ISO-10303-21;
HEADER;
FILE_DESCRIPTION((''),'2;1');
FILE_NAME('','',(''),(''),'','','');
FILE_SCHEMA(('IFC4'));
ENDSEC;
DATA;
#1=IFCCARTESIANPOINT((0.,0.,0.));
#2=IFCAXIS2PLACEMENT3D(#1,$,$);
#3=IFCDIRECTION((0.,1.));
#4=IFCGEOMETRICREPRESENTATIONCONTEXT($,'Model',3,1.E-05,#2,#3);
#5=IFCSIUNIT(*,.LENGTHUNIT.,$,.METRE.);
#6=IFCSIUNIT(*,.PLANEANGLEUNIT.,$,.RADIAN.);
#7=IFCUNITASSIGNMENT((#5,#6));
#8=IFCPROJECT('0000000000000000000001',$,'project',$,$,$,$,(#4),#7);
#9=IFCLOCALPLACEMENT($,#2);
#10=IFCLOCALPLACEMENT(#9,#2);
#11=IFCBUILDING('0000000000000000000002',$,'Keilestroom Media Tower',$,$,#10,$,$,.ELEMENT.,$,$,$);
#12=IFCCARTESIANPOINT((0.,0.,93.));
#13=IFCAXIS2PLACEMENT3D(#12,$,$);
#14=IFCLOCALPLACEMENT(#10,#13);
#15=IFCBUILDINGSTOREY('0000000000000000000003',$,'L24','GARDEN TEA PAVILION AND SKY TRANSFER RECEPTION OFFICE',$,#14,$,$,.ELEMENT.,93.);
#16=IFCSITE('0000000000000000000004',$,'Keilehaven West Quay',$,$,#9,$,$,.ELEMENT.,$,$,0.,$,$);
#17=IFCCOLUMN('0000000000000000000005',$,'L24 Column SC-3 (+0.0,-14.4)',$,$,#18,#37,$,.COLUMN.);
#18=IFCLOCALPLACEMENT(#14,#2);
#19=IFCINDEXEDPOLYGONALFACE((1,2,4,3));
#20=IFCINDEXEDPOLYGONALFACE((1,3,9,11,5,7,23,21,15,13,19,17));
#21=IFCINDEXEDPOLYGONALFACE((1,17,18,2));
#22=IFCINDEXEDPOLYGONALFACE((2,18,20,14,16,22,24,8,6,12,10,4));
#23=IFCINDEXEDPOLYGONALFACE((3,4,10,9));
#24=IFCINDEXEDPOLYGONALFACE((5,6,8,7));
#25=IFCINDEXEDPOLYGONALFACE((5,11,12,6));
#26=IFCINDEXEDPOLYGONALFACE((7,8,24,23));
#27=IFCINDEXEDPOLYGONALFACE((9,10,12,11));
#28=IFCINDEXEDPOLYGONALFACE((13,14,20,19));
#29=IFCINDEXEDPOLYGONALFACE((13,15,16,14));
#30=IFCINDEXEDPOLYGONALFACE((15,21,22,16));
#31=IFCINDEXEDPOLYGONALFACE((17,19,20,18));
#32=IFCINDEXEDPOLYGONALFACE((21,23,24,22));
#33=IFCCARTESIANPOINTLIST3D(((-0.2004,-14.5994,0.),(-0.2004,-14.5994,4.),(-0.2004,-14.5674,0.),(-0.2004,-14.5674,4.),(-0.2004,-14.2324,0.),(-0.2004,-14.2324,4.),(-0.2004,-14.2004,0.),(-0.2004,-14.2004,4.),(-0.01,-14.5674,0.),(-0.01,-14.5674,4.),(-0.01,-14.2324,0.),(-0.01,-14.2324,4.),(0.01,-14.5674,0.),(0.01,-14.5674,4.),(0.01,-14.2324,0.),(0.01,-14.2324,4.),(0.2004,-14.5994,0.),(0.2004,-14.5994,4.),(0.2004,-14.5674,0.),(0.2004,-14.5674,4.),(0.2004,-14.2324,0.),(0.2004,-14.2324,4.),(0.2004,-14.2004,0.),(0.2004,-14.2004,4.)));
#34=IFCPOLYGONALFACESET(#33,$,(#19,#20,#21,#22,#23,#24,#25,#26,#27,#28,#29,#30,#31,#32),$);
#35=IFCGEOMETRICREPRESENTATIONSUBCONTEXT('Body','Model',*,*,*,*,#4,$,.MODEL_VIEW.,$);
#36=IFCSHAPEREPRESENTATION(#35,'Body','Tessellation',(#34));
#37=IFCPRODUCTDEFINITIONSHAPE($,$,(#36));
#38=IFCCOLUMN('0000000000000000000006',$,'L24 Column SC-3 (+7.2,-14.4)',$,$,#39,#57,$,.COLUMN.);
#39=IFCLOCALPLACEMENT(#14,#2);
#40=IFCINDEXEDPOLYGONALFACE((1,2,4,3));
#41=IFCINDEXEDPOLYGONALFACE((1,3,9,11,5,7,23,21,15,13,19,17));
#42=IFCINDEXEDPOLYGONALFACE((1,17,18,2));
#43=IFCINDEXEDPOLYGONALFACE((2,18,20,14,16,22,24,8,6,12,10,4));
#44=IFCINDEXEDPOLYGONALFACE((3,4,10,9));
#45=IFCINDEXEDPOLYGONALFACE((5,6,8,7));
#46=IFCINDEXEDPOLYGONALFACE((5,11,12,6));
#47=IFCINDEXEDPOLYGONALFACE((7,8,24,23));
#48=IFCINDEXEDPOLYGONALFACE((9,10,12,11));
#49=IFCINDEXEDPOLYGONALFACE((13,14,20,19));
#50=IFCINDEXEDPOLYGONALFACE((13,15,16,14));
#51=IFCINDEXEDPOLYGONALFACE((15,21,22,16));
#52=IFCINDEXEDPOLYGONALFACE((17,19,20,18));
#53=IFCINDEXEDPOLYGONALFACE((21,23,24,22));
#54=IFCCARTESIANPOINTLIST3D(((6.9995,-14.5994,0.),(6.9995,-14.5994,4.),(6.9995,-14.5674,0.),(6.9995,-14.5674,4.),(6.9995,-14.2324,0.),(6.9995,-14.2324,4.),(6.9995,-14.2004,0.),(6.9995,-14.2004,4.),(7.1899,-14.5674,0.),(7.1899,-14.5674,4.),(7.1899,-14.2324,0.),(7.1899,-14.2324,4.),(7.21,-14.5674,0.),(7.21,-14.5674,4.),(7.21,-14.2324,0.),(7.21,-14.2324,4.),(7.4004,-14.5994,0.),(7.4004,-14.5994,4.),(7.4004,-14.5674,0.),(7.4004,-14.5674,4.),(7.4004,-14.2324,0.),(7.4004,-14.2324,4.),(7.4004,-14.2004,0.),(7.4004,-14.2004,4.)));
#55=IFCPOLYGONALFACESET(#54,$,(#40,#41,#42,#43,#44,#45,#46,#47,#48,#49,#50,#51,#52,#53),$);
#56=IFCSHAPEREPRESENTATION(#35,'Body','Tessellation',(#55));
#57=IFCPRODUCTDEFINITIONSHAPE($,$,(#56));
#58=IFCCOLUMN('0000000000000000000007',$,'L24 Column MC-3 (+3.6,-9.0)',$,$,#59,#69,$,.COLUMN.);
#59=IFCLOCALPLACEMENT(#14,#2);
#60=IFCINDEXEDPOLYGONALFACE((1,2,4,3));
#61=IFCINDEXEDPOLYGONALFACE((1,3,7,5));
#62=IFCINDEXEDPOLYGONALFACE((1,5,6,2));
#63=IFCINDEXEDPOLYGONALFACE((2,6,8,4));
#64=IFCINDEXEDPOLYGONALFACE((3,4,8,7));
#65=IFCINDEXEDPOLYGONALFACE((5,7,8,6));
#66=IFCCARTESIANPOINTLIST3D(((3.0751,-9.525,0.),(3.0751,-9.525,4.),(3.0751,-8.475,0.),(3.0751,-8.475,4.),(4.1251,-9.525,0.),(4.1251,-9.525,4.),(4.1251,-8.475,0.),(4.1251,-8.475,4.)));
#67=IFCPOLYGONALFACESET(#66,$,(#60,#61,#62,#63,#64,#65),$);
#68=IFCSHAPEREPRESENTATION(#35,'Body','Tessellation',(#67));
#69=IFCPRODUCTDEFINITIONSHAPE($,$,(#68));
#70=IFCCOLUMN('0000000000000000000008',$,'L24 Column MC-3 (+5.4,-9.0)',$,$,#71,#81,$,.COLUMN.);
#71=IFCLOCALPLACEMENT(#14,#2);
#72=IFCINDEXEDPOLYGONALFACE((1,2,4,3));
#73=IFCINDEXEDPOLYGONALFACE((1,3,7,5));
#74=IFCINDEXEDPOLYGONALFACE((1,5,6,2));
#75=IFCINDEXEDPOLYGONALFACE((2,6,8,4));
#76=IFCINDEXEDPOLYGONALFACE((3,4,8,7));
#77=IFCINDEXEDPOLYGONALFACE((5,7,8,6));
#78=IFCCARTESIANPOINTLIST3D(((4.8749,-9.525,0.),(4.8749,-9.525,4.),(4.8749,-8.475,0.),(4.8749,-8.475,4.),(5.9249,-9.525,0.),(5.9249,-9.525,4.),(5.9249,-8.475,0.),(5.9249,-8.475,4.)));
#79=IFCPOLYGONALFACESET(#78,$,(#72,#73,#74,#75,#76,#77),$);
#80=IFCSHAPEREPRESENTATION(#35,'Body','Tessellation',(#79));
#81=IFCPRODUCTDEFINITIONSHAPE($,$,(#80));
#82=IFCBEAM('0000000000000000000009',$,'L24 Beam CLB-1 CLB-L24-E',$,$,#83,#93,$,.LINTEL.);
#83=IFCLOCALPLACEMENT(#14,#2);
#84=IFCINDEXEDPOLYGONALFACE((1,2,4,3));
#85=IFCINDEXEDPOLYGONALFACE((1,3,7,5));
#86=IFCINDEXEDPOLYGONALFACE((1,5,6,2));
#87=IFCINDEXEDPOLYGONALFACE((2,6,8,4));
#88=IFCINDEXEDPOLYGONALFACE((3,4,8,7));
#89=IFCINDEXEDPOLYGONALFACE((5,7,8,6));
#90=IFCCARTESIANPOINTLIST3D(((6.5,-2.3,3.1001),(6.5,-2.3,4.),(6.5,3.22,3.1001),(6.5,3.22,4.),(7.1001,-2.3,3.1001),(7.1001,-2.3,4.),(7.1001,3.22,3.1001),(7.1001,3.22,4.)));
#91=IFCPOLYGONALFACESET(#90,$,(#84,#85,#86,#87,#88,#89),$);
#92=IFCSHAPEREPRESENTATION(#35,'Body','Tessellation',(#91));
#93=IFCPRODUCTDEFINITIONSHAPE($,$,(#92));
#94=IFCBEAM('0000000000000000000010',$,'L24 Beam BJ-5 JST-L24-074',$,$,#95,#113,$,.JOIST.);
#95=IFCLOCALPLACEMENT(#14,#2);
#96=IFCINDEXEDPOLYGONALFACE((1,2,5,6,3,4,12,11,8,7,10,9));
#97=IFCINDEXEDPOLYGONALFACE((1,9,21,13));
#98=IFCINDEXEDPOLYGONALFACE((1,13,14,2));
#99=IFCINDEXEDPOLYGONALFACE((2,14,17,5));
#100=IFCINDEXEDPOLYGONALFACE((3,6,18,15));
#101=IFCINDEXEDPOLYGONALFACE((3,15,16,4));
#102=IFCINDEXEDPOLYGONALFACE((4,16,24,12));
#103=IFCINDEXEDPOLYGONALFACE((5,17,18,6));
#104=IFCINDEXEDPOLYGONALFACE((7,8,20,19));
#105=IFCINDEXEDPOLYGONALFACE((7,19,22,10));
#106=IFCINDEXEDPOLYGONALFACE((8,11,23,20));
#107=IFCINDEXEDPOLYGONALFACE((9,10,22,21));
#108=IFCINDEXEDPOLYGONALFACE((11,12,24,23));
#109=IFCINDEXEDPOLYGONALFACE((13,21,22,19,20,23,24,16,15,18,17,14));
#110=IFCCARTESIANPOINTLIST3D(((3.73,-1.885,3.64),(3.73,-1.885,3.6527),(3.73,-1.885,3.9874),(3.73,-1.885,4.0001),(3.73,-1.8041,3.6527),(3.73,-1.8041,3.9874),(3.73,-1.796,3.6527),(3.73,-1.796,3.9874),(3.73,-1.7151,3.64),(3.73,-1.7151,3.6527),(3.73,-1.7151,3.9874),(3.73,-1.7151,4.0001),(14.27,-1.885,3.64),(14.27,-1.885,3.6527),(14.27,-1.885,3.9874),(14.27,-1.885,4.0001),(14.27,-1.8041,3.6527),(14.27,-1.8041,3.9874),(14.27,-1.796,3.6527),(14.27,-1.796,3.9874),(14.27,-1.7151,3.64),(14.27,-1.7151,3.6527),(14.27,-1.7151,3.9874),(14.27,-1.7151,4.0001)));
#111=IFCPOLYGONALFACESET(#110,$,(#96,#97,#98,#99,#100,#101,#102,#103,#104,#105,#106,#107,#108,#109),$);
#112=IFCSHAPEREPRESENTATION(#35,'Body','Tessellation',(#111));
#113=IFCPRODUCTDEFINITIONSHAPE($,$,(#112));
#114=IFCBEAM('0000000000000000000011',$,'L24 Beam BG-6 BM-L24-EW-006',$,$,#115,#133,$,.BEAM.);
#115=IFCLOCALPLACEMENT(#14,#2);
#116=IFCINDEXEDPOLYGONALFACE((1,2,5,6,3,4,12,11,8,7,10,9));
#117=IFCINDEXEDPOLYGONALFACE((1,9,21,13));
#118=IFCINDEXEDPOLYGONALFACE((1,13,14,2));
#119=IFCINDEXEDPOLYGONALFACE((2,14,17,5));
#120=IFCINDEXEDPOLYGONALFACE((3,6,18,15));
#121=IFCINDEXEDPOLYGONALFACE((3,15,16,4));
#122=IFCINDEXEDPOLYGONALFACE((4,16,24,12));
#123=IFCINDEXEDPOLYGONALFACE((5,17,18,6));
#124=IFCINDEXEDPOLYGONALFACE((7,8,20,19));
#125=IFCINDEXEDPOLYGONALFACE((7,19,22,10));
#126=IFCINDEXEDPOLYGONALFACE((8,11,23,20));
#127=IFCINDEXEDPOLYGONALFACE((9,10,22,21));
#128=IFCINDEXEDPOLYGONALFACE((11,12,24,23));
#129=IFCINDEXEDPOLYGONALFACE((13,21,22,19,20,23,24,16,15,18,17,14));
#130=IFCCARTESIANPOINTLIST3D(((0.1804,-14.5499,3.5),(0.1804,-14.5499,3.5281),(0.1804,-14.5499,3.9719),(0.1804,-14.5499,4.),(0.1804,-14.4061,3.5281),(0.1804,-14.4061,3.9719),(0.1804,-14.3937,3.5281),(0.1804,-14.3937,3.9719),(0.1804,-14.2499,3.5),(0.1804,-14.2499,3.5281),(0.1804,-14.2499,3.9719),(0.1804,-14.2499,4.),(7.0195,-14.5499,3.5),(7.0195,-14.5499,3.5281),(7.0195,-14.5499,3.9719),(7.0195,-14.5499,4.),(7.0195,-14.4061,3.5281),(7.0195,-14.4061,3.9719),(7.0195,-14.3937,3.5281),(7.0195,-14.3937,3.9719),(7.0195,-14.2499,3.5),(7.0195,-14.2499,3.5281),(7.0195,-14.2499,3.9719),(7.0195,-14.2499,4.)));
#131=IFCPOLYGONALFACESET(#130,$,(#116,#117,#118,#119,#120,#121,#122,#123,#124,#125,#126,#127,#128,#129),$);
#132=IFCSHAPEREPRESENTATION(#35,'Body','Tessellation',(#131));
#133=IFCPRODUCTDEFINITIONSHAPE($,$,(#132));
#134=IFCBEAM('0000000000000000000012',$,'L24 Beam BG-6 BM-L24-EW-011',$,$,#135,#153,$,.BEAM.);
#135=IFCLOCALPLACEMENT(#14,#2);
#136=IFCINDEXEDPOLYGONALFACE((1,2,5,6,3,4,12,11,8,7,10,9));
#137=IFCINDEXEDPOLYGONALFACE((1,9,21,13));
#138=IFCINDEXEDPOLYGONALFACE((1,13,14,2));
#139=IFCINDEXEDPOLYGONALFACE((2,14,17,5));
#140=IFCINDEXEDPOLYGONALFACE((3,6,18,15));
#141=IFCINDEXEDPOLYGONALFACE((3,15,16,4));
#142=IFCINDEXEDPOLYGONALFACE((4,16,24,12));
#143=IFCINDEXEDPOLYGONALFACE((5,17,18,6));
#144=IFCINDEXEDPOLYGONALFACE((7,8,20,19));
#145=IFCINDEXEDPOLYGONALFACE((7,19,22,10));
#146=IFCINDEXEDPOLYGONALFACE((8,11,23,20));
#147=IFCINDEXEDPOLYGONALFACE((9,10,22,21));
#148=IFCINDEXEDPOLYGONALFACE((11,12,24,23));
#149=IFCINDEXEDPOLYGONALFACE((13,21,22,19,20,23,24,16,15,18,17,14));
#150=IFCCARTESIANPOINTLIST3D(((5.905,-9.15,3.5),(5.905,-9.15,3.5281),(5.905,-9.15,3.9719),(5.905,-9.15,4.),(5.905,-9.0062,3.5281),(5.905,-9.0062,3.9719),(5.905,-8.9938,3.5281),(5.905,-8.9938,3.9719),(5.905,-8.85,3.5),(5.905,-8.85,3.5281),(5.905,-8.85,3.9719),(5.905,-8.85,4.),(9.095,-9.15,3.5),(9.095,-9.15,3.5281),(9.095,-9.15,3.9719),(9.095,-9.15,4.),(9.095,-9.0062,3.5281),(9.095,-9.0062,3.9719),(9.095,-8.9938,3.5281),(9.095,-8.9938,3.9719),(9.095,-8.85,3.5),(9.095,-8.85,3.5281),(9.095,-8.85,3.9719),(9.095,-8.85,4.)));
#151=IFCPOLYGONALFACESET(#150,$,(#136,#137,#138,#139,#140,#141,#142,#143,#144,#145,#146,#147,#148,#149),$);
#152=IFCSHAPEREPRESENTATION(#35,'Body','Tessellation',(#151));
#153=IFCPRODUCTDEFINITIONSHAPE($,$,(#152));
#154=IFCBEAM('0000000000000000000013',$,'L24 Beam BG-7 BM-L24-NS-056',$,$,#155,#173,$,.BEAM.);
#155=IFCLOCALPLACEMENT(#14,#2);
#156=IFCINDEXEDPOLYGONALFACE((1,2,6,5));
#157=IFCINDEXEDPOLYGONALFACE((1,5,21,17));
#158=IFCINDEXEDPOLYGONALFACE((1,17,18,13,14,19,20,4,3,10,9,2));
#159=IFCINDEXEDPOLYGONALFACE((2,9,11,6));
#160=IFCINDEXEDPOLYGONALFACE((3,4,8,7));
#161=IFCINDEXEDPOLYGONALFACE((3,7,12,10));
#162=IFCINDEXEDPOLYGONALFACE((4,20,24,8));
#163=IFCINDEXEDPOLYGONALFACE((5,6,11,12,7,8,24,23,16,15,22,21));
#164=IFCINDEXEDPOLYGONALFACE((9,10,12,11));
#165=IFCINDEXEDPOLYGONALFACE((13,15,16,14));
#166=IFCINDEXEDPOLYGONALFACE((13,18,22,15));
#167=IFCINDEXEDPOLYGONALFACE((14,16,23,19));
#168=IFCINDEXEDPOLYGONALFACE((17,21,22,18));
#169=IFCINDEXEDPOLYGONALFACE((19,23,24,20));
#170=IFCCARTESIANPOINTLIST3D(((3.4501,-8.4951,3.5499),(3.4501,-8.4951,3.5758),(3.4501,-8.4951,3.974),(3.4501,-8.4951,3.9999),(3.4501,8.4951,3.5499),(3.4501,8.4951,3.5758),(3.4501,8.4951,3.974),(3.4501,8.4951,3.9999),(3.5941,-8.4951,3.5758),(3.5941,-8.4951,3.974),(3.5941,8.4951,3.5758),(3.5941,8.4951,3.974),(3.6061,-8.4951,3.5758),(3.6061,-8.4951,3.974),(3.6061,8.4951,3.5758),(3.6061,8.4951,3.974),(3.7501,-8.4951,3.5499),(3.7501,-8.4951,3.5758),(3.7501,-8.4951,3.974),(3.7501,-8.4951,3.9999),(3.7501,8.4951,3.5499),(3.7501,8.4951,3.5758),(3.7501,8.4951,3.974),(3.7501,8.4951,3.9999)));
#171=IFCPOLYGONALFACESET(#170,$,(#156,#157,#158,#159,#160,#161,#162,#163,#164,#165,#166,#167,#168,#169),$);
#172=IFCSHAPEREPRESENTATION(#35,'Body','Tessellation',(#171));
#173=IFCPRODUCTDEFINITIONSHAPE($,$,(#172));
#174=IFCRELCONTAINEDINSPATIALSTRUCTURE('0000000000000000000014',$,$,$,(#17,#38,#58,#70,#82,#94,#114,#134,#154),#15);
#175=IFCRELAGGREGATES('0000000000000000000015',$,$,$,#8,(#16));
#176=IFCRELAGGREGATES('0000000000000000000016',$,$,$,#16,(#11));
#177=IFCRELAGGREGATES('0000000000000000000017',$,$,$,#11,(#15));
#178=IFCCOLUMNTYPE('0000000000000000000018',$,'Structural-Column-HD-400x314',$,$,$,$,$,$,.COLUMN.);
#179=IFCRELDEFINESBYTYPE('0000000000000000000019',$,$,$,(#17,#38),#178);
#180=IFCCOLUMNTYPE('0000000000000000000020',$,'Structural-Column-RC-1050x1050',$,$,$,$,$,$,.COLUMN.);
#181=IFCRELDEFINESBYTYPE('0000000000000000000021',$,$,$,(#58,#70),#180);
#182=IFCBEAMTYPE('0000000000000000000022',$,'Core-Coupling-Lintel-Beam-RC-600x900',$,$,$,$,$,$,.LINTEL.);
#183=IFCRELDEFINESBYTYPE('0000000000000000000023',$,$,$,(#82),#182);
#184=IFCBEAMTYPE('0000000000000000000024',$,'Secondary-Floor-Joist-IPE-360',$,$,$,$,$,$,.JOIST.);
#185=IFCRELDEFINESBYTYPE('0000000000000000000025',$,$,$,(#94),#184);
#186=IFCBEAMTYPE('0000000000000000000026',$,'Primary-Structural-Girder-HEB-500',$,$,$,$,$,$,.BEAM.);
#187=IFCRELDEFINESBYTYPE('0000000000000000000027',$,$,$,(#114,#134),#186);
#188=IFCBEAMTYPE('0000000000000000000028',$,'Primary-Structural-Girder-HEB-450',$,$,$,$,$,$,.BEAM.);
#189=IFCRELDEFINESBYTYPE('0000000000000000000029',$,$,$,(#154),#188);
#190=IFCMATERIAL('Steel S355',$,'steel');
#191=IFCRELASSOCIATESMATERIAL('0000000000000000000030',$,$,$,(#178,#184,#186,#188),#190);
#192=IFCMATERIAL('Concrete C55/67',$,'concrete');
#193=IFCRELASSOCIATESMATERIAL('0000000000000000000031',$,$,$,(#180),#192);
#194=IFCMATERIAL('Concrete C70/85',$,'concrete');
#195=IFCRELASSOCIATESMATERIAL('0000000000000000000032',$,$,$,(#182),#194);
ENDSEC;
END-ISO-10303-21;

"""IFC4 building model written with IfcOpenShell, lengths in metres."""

from ifc_helpers import new_model, si_unit, direction, frame, origin, origin_2d, place, context, subcontext, project, spatial, rectangle, i_section, extrude, source, transform, mapped, material, material_profile, profile_set, type_object, element, save


model = new_model("IFC4")

# Units and contexts
model_context = context("Model", 3, precision=1e-05, world=origin(), true_north=direction((0.0, 1.0)))
body_context = subcontext(model_context, "Body", "Model", "MODEL_VIEW")
ifc_project = project(units=[si_unit("LENGTHUNIT", "METRE"), si_unit("PLANEANGLEUNIT", "RADIAN")], contexts=[model_context])

# Site, building, storey
site_placement = place(None, origin())
site = spatial("IfcSite", under=ifc_project, at=site_placement, Name="Keilehaven West Quay", CompositionType="ELEMENT", RefElevation=0.0)
building_placement = place(site_placement, origin())
building = spatial("IfcBuilding", under=site, at=building_placement, Name="Keilestroom Media Tower", CompositionType="ELEMENT")
storey_placement = place(building_placement, frame((0.0, 0.0, 93.0)))
storey = spatial("IfcBuildingStorey", under=building, at=storey_placement, Name="L24", Description="GARDEN TEA PAVILION AND SKY TRANSFER RECEPTION OFFICE", CompositionType="ELEMENT", Elevation=93.0)

# Columns
ifc_material_1 = material(Name="Steel S355", Category="steel")
ifc_material_profile_1 = material_profile(ifc_material_1, i_section(OverallWidth=0.4009, OverallDepth=0.3989, WebThickness=0.02, FlangeThickness=0.032, at=origin_2d()), Name="HD 400x314")
ifc_profile_set_1 = profile_set([ifc_material_profile_1], Name="Steel S355")
column_type_1 = type_object("IfcColumnType", Name="Structural-Column-HD-400x314", PredefinedType="COLUMN", material=ifc_profile_set_1)
shared_shape_1 = source(origin(), body_context, "Body", "SweptSolid", [
    extrude(i_section(OverallWidth=0.4009, OverallDepth=0.3989, WebThickness=0.02, FlangeThickness=0.032, at=origin_2d()), origin(), (0.0, 0.0, 1.0), 4.0),
])
for number, where, z_axis, x_axis, name in (
    (1, (0.0, -14.3999, 0.0), (0.0, 0.0, 1.0), (1.0, 0.0, 0.0), "L24 Column SC-3 (+0.0,-14.4)"),
    (2, (7.2, -14.3999, 0.0), (0.0, 0.0, 1.0), (1.0, 0.0, 0.0), "L24 Column SC-3 (+7.2,-14.4)"),
):
    element("IfcColumn", number, at=place(storey_placement, frame(where, z_axis=z_axis, x_axis=x_axis)), inside=storey, type_object=column_type_1, Name=name, PredefinedType="COLUMN", context=body_context, shape_type="MappedRepresentation", body=[
        mapped(shared_shape_1, transform((0.0, 0.0, 0.0), x_axis=(1.0, 0.0, 0.0), y_axis=(0.0, 1.0, 0.0), z_axis=(0.0, 0.0, 1.0), scale=1.0)),
    ])
ifc_material_2 = material(Name="Concrete C55/67", Category="concrete")
ifc_material_profile_2 = material_profile(ifc_material_2, rectangle(XDim=1.05, YDim=1.05, at=origin_2d()), Name="RC 1050x1050")
ifc_profile_set_2 = profile_set([ifc_material_profile_2], Name="Concrete C55/67")
column_type_2 = type_object("IfcColumnType", Name="Structural-Column-RC-1050x1050", PredefinedType="COLUMN", material=ifc_profile_set_2)
shared_shape_2 = source(origin(), body_context, "Body", "SweptSolid", [
    extrude(rectangle(XDim=1.05, YDim=1.05, at=origin_2d()), origin(), (0.0, 0.0, 1.0), 4.0),
])
for number, where, z_axis, x_axis, name in (
    (3, (3.6001, -9.0, 0.0), (0.0, 0.0, 1.0), (1.0, 0.0, 0.0), "L24 Column MC-3 (+3.6,-9.0)"),
    (4, (5.3999, -9.0, 0.0), (0.0, 0.0, 1.0), (1.0, 0.0, 0.0), "L24 Column MC-3 (+5.4,-9.0)"),
):
    element("IfcColumn", number, at=place(storey_placement, frame(where, z_axis=z_axis, x_axis=x_axis)), inside=storey, type_object=column_type_2, Name=name, PredefinedType="COLUMN", context=body_context, shape_type="MappedRepresentation", body=[
        mapped(shared_shape_2, transform((0.0, 0.0, 0.0), x_axis=(1.0, 0.0, 0.0), y_axis=(0.0, 1.0, 0.0), z_axis=(0.0, 0.0, 1.0), scale=1.0)),
    ])

# Beams
ifc_material_3 = material(Name="Concrete C70/85", Category="concrete")
ifc_material_profile_3 = material_profile(ifc_material_3, rectangle(XDim=0.6001, YDim=0.8999, at=origin_2d()), Name="RC 600x900")
ifc_profile_set_3 = profile_set([ifc_material_profile_3], Name="Concrete C70/85")
beam_type_1 = type_object("IfcBeamType", Name="Core-Coupling-Lintel-Beam-RC-600x900", PredefinedType="LINTEL", material=ifc_profile_set_3)
shared_shape_3 = source(origin(), body_context, "Body", "SweptSolid", [
    extrude(rectangle(XDim=0.6001, YDim=0.8999, at=origin_2d()), origin(), (0.0, 0.0, 1.0), 5.52),
])
beam_1_placement = place(storey_placement, frame((6.8, -2.3, 3.55), z_axis=(0.0, 1.0, 0.0), x_axis=(-1.0, 0.0, 0.0)))
element("IfcBeam", 5, at=beam_1_placement, inside=storey, type_object=beam_type_1, Name="L24 Beam CLB-1 CLB-L24-E", PredefinedType="LINTEL", context=body_context, shape_type="MappedRepresentation", body=[
    mapped(shared_shape_3, transform((0.0, 0.0, 0.0), x_axis=(1.0, 0.0, 0.0), y_axis=(0.0, 1.0, 0.0), z_axis=(0.0, 0.0, 1.0), scale=1.0)),
])
ifc_material_profile_4 = material_profile(ifc_material_1, i_section(OverallWidth=0.1699, OverallDepth=0.3601, WebThickness=0.0081, FlangeThickness=0.0127, at=origin_2d()), Name="IPE 360")
ifc_profile_set_4 = profile_set([ifc_material_profile_4], Name="Steel S355")
beam_type_2 = type_object("IfcBeamType", Name="Secondary-Floor-Joist-IPE-360", PredefinedType="JOIST", material=ifc_profile_set_4)
shared_shape_4 = source(origin(), body_context, "Body", "SweptSolid", [
    extrude(i_section(OverallWidth=0.1699, OverallDepth=0.3601, WebThickness=0.0081, FlangeThickness=0.0127, at=origin_2d()), origin(), (0.0, 0.0, 1.0), 10.54),
])
beam_2_placement = place(storey_placement, frame((3.73, -1.8, 3.8201), z_axis=(1.0, 0.0, 0.0), x_axis=(0.0, 1.0, 0.0)))
element("IfcBeam", 6, at=beam_2_placement, inside=storey, type_object=beam_type_2, Name="L24 Beam BJ-5 JST-L24-074", PredefinedType="JOIST", context=body_context, shape_type="MappedRepresentation", body=[
    mapped(shared_shape_4, transform((0.0, 0.0, 0.0), x_axis=(1.0, 0.0, 0.0), y_axis=(0.0, 1.0, 0.0), z_axis=(0.0, 0.0, 1.0), scale=1.0)),
])
ifc_material_profile_5 = material_profile(ifc_material_1, i_section(OverallWidth=0.3, OverallDepth=0.5, WebThickness=0.0125, FlangeThickness=0.0281, at=origin_2d()), Name="HEB 500")
ifc_profile_set_5 = profile_set([ifc_material_profile_5], Name="Steel S355")
beam_type_3 = type_object("IfcBeamType", Name="Primary-Structural-Girder-HEB-500", PredefinedType="BEAM", material=ifc_profile_set_5)
shared_shape_5 = source(origin(), body_context, "Body", "SweptSolid", [
    extrude(i_section(OverallWidth=0.3, OverallDepth=0.5, WebThickness=0.0125, FlangeThickness=0.0281, at=origin_2d()), origin(), (0.0, 0.0, 1.0), 6.8391),
])
beam_3_placement = place(storey_placement, frame((0.1804, -14.3999, 3.75), z_axis=(1.0, 0.0, 0.0), x_axis=(0.0, 1.0, 0.0)))
element("IfcBeam", 7, at=beam_3_placement, inside=storey, type_object=beam_type_3, Name="L24 Beam BG-6 BM-L24-EW-006", PredefinedType="BEAM", context=body_context, shape_type="MappedRepresentation", body=[
    mapped(shared_shape_5, transform((0.0, 0.0, 0.0), x_axis=(1.0, 0.0, 0.0), y_axis=(0.0, 1.0, 0.0), z_axis=(0.0, 0.0, 1.0), scale=1.0)),
])
shared_shape_6 = source(origin(), body_context, "Body", "SweptSolid", [
    extrude(i_section(OverallWidth=0.3, OverallDepth=0.5, WebThickness=0.0125, FlangeThickness=0.0281, at=origin_2d()), origin(), (0.0, 0.0, 1.0), 3.1899),
])
beam_4_placement = place(storey_placement, frame((5.905, -9.0, 3.75), z_axis=(1.0, 0.0, 0.0), x_axis=(0.0, 1.0, 0.0)))
element("IfcBeam", 8, at=beam_4_placement, inside=storey, type_object=beam_type_3, Name="L24 Beam BG-6 BM-L24-EW-011", PredefinedType="BEAM", context=body_context, shape_type="MappedRepresentation", body=[
    mapped(shared_shape_6, transform((0.0, 0.0, 0.0), x_axis=(1.0, 0.0, 0.0), y_axis=(0.0, 1.0, 0.0), z_axis=(0.0, 0.0, 1.0), scale=1.0)),
])
ifc_material_profile_6 = material_profile(ifc_material_1, i_section(OverallWidth=0.3, OverallDepth=0.45, WebThickness=0.012, FlangeThickness=0.0259, at=origin_2d()), Name="HEB 450")
ifc_profile_set_6 = profile_set([ifc_material_profile_6], Name="Steel S355")
beam_type_4 = type_object("IfcBeamType", Name="Primary-Structural-Girder-HEB-450", PredefinedType="BEAM", material=ifc_profile_set_6)
shared_shape_7 = source(origin(), body_context, "Body", "SweptSolid", [
    extrude(i_section(OverallWidth=0.3, OverallDepth=0.45, WebThickness=0.012, FlangeThickness=0.0259, at=origin_2d()), origin(), (0.0, 0.0, 1.0), 16.9902),
])
beam_5_placement = place(storey_placement, frame((3.6001, -8.4951, 3.7749), z_axis=(0.0, 1.0, 0.0), x_axis=(-1.0, 0.0, 0.0)))
element("IfcBeam", 9, at=beam_5_placement, inside=storey, type_object=beam_type_4, Name="L24 Beam BG-7 BM-L24-NS-056", PredefinedType="BEAM", context=body_context, shape_type="MappedRepresentation", body=[
    mapped(shared_shape_7, transform((0.0, 0.0, 0.0), x_axis=(1.0, 0.0, 0.0), y_axis=(0.0, 1.0, 0.0), z_axis=(0.0, 0.0, 1.0), scale=1.0)),
])

save(model, "model.ifc")
